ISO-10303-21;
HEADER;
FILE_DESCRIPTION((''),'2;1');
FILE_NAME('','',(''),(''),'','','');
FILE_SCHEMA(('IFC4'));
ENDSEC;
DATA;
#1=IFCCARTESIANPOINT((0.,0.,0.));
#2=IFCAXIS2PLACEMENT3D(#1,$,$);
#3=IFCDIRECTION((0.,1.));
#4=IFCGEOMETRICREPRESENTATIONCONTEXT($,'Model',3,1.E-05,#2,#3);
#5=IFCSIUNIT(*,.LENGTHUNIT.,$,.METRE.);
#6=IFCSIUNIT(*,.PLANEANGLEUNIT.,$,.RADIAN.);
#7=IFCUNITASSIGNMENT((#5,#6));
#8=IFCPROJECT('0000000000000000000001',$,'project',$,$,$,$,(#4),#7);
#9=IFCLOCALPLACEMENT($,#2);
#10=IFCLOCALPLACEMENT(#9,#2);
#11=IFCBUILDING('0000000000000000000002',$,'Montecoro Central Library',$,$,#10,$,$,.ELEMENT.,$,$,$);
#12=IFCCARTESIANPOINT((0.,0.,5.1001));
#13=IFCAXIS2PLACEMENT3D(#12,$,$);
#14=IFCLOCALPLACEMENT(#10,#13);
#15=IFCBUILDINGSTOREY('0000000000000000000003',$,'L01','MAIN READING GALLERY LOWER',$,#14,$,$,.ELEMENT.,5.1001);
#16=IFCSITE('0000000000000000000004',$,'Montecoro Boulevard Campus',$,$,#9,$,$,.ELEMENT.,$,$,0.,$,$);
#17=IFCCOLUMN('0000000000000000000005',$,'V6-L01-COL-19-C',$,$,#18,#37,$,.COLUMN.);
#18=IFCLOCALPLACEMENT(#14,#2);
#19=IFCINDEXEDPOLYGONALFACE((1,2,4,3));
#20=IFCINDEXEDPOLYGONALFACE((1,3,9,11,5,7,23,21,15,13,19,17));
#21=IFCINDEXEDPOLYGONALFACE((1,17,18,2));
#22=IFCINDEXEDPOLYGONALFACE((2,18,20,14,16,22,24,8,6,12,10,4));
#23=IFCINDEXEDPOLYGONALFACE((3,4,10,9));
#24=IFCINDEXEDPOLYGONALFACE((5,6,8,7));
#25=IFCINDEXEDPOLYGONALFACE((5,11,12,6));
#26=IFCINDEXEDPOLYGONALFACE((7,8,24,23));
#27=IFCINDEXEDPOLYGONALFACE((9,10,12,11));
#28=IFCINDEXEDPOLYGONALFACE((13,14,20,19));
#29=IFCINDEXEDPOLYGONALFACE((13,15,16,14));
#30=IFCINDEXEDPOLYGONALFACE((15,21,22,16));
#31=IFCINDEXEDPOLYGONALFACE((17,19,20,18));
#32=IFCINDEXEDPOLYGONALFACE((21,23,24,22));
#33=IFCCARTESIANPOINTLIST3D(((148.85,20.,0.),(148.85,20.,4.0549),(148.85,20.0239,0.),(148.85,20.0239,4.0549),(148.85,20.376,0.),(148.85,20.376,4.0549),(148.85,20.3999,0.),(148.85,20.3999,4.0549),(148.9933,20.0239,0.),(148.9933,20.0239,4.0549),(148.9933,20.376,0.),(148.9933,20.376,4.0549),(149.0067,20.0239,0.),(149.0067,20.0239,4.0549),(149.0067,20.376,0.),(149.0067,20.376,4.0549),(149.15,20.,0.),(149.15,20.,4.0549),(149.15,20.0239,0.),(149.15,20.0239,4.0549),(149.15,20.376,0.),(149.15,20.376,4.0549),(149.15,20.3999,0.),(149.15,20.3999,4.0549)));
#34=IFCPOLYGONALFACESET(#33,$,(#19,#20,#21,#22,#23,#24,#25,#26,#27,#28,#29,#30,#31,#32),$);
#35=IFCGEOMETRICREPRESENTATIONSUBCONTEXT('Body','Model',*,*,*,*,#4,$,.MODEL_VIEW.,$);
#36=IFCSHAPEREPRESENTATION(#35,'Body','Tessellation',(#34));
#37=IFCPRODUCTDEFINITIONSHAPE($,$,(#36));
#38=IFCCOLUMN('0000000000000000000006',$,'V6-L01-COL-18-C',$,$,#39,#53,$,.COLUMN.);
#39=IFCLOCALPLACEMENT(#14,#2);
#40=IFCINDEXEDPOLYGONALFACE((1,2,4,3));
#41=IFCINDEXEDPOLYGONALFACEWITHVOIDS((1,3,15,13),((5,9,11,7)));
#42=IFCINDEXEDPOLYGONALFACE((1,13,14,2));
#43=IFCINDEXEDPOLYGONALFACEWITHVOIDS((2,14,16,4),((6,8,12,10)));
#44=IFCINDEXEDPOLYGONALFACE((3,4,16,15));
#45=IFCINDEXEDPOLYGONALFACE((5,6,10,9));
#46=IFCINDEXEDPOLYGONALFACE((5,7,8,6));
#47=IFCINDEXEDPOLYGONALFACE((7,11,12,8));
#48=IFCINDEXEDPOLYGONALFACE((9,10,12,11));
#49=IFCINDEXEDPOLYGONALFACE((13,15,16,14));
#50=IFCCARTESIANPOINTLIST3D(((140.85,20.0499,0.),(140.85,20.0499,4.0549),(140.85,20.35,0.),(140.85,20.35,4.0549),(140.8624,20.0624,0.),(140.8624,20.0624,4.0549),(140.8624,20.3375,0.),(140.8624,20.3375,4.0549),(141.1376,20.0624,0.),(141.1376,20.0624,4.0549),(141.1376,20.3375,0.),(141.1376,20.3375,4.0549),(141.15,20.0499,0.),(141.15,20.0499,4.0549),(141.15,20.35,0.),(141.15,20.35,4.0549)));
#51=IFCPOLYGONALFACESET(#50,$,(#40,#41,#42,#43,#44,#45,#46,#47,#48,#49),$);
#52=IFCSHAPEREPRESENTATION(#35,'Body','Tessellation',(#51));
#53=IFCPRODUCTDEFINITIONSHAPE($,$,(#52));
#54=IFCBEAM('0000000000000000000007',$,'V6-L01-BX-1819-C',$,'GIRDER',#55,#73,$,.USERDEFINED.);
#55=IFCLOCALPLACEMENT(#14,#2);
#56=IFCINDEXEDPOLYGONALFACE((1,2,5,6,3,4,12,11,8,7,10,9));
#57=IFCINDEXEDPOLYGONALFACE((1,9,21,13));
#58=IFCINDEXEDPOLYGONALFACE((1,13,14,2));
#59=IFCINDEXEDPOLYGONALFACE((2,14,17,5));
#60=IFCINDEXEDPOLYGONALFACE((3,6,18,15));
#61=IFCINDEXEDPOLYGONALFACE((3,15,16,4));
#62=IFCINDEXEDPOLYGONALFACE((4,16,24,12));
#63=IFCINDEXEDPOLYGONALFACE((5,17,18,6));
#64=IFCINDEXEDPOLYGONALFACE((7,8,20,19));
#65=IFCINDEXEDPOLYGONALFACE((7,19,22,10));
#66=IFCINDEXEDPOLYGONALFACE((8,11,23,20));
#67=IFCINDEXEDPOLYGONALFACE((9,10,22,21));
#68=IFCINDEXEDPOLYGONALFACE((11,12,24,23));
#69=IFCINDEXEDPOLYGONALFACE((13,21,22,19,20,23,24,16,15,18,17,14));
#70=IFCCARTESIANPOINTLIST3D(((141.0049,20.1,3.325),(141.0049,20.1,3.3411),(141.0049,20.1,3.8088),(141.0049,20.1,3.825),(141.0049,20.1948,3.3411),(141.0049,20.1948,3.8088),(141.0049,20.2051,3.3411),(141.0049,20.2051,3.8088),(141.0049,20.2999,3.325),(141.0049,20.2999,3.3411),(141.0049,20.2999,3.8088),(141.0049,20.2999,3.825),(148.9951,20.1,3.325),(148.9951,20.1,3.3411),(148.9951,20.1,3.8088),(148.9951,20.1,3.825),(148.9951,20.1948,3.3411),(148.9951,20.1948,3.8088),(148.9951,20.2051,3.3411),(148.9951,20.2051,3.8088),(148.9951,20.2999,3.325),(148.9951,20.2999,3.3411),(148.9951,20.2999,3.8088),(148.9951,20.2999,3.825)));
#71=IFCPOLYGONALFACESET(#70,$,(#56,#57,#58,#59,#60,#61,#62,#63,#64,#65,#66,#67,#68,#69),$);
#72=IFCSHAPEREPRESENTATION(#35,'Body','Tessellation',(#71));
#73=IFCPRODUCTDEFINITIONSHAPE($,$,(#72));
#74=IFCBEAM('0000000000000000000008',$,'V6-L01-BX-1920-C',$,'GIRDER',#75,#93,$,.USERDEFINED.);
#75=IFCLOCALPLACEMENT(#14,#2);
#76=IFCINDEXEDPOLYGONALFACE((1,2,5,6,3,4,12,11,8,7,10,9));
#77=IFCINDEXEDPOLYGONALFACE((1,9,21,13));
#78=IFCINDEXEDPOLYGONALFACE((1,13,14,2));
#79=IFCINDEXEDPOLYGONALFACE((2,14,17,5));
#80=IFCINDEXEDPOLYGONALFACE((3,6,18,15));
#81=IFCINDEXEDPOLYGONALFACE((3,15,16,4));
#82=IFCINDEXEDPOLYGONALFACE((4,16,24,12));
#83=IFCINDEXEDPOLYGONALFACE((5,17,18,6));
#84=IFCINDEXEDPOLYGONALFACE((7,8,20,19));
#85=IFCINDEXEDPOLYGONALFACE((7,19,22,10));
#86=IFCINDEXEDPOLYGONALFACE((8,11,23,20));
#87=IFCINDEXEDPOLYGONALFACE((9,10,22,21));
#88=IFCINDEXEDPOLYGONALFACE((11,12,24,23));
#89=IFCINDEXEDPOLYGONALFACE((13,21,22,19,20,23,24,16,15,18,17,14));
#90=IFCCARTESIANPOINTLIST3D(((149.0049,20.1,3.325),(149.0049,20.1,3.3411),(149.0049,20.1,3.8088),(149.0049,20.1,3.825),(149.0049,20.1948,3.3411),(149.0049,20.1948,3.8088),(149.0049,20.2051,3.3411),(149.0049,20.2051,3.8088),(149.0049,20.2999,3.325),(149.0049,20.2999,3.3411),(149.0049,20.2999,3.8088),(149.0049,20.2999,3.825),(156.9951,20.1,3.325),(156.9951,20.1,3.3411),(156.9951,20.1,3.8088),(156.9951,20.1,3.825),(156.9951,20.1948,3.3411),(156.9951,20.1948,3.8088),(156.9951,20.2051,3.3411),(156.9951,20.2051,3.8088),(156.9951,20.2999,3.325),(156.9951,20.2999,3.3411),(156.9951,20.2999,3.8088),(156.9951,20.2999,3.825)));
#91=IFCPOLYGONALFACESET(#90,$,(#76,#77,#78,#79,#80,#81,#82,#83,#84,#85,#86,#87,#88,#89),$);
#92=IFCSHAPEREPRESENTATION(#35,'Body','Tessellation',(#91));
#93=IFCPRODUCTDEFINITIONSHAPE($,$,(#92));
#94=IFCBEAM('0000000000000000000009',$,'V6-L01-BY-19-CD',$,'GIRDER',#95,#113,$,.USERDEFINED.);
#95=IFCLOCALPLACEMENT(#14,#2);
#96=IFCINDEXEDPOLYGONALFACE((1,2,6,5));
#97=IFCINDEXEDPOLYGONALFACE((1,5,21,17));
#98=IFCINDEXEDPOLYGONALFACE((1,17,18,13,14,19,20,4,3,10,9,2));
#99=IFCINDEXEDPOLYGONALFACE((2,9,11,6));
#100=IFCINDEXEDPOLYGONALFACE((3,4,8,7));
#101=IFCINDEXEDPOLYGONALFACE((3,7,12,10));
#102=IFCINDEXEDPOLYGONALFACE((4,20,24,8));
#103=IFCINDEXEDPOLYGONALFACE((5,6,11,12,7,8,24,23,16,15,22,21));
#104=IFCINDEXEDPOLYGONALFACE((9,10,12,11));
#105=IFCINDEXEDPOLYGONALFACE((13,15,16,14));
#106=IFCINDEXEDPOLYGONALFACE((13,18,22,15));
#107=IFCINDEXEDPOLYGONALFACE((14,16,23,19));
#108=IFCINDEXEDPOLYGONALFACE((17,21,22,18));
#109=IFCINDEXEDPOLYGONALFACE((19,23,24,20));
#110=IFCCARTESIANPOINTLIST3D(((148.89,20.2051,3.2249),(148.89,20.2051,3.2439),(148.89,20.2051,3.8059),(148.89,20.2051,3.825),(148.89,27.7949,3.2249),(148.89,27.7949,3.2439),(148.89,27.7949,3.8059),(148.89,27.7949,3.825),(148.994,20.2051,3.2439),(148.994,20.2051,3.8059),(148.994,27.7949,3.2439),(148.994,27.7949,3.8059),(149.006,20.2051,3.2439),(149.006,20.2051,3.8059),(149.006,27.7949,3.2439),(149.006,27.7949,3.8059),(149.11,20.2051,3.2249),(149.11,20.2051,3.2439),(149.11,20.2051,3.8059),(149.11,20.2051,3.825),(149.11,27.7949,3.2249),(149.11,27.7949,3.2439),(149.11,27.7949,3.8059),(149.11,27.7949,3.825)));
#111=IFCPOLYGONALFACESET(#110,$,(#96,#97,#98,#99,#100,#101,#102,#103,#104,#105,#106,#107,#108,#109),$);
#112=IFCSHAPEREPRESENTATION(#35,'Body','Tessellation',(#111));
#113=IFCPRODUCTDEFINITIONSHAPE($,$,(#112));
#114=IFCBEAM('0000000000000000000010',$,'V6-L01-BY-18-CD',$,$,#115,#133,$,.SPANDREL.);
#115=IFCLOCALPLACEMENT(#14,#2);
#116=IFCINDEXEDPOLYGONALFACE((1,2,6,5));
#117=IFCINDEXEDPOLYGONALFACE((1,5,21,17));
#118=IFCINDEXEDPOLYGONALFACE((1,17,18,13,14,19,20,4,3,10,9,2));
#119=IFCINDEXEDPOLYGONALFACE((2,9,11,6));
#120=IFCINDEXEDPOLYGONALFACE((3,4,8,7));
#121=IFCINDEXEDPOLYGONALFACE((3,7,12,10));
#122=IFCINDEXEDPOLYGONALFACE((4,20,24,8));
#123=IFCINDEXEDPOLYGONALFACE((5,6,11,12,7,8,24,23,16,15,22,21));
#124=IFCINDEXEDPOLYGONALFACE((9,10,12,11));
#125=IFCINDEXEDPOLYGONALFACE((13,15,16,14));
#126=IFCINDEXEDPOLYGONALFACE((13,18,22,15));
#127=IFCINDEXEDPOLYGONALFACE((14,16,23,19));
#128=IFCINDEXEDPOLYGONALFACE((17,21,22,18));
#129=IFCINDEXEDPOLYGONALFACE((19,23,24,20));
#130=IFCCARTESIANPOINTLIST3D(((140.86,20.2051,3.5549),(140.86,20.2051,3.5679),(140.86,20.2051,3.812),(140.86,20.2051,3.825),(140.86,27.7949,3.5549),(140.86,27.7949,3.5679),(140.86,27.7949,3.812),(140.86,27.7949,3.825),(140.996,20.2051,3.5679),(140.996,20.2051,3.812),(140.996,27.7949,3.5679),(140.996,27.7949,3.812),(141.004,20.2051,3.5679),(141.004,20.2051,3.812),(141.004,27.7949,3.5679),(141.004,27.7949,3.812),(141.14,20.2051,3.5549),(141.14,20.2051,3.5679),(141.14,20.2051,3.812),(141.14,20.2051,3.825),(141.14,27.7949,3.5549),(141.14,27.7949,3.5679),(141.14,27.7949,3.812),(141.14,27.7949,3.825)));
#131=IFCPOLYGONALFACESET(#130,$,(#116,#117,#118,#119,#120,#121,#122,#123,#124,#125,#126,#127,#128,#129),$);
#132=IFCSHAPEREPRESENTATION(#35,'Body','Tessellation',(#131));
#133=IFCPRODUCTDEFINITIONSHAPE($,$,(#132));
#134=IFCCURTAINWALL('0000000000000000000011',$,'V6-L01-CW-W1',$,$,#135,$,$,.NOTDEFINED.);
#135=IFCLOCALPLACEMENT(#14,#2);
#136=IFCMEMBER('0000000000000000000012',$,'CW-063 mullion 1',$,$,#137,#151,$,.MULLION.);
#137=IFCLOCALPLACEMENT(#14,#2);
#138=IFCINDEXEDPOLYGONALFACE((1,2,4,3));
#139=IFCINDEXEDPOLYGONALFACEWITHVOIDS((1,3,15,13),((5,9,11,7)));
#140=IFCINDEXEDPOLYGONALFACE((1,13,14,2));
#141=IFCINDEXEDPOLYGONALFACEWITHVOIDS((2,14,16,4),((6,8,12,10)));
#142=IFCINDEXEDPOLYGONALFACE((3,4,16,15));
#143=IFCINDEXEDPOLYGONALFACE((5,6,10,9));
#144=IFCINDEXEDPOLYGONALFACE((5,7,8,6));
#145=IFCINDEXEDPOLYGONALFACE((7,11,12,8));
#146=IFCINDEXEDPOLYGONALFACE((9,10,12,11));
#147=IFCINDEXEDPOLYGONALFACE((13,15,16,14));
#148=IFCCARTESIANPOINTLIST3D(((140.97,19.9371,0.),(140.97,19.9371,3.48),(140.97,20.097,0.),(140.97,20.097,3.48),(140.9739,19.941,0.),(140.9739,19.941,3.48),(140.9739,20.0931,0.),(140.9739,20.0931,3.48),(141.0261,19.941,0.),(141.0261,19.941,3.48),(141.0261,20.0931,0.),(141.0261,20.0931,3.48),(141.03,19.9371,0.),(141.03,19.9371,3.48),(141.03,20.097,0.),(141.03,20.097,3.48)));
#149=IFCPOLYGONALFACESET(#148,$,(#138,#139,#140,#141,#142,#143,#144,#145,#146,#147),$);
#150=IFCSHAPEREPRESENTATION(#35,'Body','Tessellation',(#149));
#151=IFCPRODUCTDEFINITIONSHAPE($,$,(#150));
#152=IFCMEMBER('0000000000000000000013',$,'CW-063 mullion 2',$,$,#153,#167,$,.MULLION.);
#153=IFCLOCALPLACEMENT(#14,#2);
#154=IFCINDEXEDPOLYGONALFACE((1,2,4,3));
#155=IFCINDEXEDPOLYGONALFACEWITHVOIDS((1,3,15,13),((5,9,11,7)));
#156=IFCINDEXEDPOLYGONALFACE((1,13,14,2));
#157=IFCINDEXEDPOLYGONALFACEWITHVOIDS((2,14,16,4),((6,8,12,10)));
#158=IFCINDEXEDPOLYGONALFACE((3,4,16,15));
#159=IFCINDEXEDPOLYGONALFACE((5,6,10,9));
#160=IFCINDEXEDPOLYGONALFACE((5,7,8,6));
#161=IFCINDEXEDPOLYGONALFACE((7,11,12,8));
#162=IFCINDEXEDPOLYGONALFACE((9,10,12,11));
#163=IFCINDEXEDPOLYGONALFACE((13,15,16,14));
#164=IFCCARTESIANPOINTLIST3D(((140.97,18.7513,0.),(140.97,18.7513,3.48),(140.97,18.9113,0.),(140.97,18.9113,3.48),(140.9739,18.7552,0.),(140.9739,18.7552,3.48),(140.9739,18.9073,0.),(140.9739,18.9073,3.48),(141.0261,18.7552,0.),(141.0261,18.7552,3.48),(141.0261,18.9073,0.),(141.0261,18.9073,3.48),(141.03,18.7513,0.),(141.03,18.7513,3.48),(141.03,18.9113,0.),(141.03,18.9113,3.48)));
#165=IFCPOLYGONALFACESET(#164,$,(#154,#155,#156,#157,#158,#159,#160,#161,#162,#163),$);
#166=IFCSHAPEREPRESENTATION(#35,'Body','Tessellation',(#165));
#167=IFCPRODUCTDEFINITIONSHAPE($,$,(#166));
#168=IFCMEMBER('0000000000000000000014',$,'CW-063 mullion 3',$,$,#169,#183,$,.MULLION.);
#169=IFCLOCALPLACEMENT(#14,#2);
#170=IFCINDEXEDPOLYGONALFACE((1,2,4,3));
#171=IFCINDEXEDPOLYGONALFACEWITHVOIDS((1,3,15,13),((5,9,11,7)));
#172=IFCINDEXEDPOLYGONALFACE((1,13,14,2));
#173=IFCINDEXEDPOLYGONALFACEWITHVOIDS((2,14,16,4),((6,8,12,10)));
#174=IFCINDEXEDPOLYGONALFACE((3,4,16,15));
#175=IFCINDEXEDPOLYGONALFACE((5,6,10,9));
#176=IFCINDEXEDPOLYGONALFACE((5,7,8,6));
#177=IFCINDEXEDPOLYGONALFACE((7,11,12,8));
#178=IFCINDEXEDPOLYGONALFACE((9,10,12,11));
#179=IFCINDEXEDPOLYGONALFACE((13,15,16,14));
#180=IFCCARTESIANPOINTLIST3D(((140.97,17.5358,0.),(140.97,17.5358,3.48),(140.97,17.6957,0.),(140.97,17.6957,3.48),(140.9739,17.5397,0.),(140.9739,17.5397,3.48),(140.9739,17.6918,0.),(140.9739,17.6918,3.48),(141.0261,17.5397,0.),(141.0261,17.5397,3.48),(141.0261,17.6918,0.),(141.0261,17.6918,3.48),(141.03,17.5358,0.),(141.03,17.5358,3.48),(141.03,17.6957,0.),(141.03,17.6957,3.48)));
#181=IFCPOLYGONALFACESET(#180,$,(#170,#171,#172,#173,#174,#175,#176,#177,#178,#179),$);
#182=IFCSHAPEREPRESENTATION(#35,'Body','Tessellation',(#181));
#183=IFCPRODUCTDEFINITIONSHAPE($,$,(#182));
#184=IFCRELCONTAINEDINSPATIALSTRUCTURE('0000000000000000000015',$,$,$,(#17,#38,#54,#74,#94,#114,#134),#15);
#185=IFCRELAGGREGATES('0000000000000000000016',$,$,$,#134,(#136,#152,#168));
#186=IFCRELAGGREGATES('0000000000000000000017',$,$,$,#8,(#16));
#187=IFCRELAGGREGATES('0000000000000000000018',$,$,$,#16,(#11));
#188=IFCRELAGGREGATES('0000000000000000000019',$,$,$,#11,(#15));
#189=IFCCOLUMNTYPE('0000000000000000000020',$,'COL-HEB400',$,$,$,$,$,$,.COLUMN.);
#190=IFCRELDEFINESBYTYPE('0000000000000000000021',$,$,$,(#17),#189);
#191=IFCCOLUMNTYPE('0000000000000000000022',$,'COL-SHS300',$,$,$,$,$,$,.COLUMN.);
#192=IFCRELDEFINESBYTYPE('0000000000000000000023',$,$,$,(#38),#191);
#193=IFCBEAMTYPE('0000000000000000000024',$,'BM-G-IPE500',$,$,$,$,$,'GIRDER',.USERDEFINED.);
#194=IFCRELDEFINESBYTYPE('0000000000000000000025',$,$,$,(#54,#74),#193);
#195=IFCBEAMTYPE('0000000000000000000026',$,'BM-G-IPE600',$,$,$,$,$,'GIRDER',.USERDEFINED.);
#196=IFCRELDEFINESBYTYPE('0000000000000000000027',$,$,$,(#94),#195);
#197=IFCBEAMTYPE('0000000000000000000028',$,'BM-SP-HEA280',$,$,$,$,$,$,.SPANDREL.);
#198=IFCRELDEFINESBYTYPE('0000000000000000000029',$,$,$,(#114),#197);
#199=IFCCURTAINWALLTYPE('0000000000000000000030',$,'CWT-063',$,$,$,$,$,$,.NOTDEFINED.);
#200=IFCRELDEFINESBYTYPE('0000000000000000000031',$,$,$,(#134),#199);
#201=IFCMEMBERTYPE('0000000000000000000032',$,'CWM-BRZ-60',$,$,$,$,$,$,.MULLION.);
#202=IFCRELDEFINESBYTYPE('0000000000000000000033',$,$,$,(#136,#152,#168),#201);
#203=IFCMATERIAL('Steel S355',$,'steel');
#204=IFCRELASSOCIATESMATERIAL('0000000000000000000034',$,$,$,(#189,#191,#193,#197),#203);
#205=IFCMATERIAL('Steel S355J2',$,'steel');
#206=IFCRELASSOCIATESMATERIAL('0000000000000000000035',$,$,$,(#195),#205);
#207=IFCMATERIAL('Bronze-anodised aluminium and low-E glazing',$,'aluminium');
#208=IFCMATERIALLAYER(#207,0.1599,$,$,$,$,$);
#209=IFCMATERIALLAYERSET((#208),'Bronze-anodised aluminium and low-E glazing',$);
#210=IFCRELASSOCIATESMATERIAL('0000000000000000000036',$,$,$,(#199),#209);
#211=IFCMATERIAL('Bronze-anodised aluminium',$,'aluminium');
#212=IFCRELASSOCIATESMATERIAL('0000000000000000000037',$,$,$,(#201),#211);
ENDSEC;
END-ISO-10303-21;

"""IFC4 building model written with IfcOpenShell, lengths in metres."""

from ifc_helpers import new_model, si_unit, direction, frame, origin, origin_2d, place, context, subcontext, project, spatial, hollow_rectangle, i_section, extrude, material, layer, layer_set, material_profile, profile_set, type_object, element, aggregate, save


model = new_model("IFC4")

# Units and contexts
model_context = context("Model", 3, precision=1e-05, world=origin(), true_north=direction((0.0, 1.0)))
body_context = subcontext(model_context, "Body", "Model", "MODEL_VIEW")
ifc_project = project(units=[si_unit("LENGTHUNIT", "METRE"), si_unit("PLANEANGLEUNIT", "RADIAN")], contexts=[model_context])

# Site, building, storey
site_placement = place(None, origin())
site = spatial("IfcSite", under=ifc_project, at=site_placement, Name="Montecoro Boulevard Campus", CompositionType="ELEMENT", RefElevation=0.0)
building_placement = place(site_placement, origin())
building = spatial("IfcBuilding", under=site, at=building_placement, Name="Montecoro Central Library", CompositionType="ELEMENT")
storey_placement = place(building_placement, frame((0.0, 0.0, 5.1001)))
storey = spatial("IfcBuildingStorey", under=building, at=storey_placement, Name="L01", Description="MAIN READING GALLERY LOWER", CompositionType="ELEMENT", Elevation=5.1001)

# Columns
ifc_material_1 = material(Name="Steel S355", Category="steel")
ifc_material_profile_1 = material_profile(ifc_material_1, i_section(OverallWidth=0.3, OverallDepth=0.3999, WebThickness=0.0134, FlangeThickness=0.0239, at=origin_2d()), Name="HEB 400")
ifc_profile_set_1 = profile_set([ifc_material_profile_1], Name="Steel S355")
column_type_1 = type_object("IfcColumnType", Name="COL-HEB400", PredefinedType="COLUMN", material=ifc_profile_set_1)
column_1_placement = place(storey_placement, frame((149.0, 20.2, 0.0), z_axis=(0.0, 0.0, 1.0), x_axis=(1.0, 0.0, 0.0)))
element("IfcColumn", 1, at=column_1_placement, inside=storey, type_object=column_type_1, Name="V6-L01-COL-19-C", PredefinedType="COLUMN", context=body_context, shape_type="SweptSolid", body=[
    extrude(i_section(OverallWidth=0.3, OverallDepth=0.3999, WebThickness=0.0134, FlangeThickness=0.0239, at=origin_2d()), origin(), (0.0, 0.0, 1.0), 4.0549),
])
ifc_material_profile_2 = material_profile(ifc_material_1, hollow_rectangle(XDim=0.3, YDim=0.3, WallThickness=0.0125, at=origin_2d()), Name="SHS 300x300x12.5")
ifc_profile_set_2 = profile_set([ifc_material_profile_2], Name="Steel S355")
column_type_2 = type_object("IfcColumnType", Name="COL-SHS300", PredefinedType="COLUMN", material=ifc_profile_set_2)
column_2_placement = place(storey_placement, frame((141.0, 20.2, 0.0), z_axis=(0.0, 0.0, 1.0), x_axis=(1.0, 0.0, 0.0)))
element("IfcColumn", 2, at=column_2_placement, inside=storey, type_object=column_type_2, Name="V6-L01-COL-18-C", PredefinedType="COLUMN", context=body_context, shape_type="SweptSolid", body=[
    extrude(hollow_rectangle(XDim=0.3, YDim=0.3, WallThickness=0.0125, at=origin_2d()), origin(), (0.0, 0.0, 1.0), 4.0549),
])

# Beams
ifc_material_profile_3 = material_profile(ifc_material_1, i_section(OverallWidth=0.2, OverallDepth=0.5, WebThickness=0.0103, FlangeThickness=0.0161, at=origin_2d()), Name="IPE 500")
ifc_profile_set_3 = profile_set([ifc_material_profile_3], Name="Steel S355")
beam_type_1 = type_object("IfcBeamType", Name="BM-G-IPE500", ElementType="GIRDER", PredefinedType="USERDEFINED", material=ifc_profile_set_3)
for number, where, z_axis, x_axis, name in (
    (3, (141.0049, 20.2, 3.575), (1.0, 0.0, 0.0), (0.0, 1.0, 0.0), "V6-L01-BX-1819-C"),
    (4, (149.0049, 20.2, 3.575), (1.0, 0.0, 0.0), (0.0, 1.0, 0.0), "V6-L01-BX-1920-C"),
):
    element("IfcBeam", number, at=place(storey_placement, frame(where, z_axis=z_axis, x_axis=x_axis)), inside=storey, type_object=beam_type_1, Name=name, ObjectType="GIRDER", PredefinedType="USERDEFINED", context=body_context, shape_type="SweptSolid", body=[
        extrude(i_section(OverallWidth=0.2, OverallDepth=0.5, WebThickness=0.0103, FlangeThickness=0.0161, at=origin_2d()), origin(), (0.0, 0.0, 1.0), 7.9902),
    ])
ifc_material_2 = material(Name="Steel S355J2", Category="steel")
ifc_material_profile_4 = material_profile(ifc_material_2, i_section(OverallWidth=0.22, OverallDepth=0.6001, WebThickness=0.012, FlangeThickness=0.019, at=origin_2d()), Name="IPE 600")
ifc_profile_set_4 = profile_set([ifc_material_profile_4], Name="Steel S355J2")
beam_type_2 = type_object("IfcBeamType", Name="BM-G-IPE600", ElementType="GIRDER", PredefinedType="USERDEFINED", material=ifc_profile_set_4)
beam_1_placement = place(storey_placement, frame((149.0, 20.2051, 3.5249), z_axis=(0.0, 1.0, 0.0), x_axis=(-1.0, 0.0, 0.0)))
element("IfcBeam", 5, at=beam_1_placement, inside=storey, type_object=beam_type_2, Name="V6-L01-BY-19-CD", ObjectType="GIRDER", PredefinedType="USERDEFINED", context=body_context, shape_type="SweptSolid", body=[
    extrude(i_section(OverallWidth=0.22, OverallDepth=0.6001, WebThickness=0.012, FlangeThickness=0.019, at=origin_2d()), origin(), (0.0, 0.0, 1.0), 7.5898),
])
ifc_material_profile_5 = material_profile(ifc_material_1, i_section(OverallWidth=0.28, OverallDepth=0.27, WebThickness=0.0081, FlangeThickness=0.0129, at=origin_2d()), Name="HEA 280")
ifc_profile_set_5 = profile_set([ifc_material_profile_5], Name="Steel S355")
beam_type_3 = type_object("IfcBeamType", Name="BM-SP-HEA280", PredefinedType="SPANDREL", material=ifc_profile_set_5)
beam_2_placement = place(storey_placement, frame((141.0, 20.2051, 3.6899), z_axis=(0.0, 1.0, 0.0), x_axis=(-1.0, 0.0, 0.0)))
element("IfcBeam", 6, at=beam_2_placement, inside=storey, type_object=beam_type_3, Name="V6-L01-BY-18-CD", PredefinedType="SPANDREL", context=body_context, shape_type="SweptSolid", body=[
    extrude(i_section(OverallWidth=0.28, OverallDepth=0.27, WebThickness=0.0081, FlangeThickness=0.0129, at=origin_2d()), origin(), (0.0, 0.0, 1.0), 7.5898),
])

# Curtain wall, members
ifc_material_3 = material(Name="Bronze-anodised aluminium and low-E glazing", Category="aluminium")
ifc_layer_1 = layer(ifc_material_3, 0.1599)
ifc_layer_set_1 = layer_set([ifc_layer_1], Name="Bronze-anodised aluminium and low-E glazing")
curtain_wall_type = type_object("IfcCurtainWallType", Name="CWT-063", PredefinedType="NOTDEFINED", material=ifc_layer_set_1)
curtain_wall_placement = place(storey_placement, origin())
curtain_wall = element("IfcCurtainWall", 7, at=curtain_wall_placement, inside=storey, type_object=curtain_wall_type, Name="V6-L01-CW-W1", PredefinedType="NOTDEFINED")
ifc_material_4 = material(Name="Bronze-anodised aluminium", Category="aluminium")
ifc_material_profile_6 = material_profile(ifc_material_4, hollow_rectangle(XDim=0.0601, YDim=0.1599, WallThickness=0.0039, at=origin_2d()), Name="CWM 160x60x4.0")
ifc_profile_set_6 = profile_set([ifc_material_profile_6], Name="Bronze-anodised aluminium")
member_type_1 = type_object("IfcMemberType", Name="CWM-BRZ-60", PredefinedType="MULLION", material=ifc_profile_set_6)
member_1_placement = place(storey_placement, frame((141.0, 20.0171, 0.0), z_axis=(0.0, 0.0, 1.0), x_axis=(1.0, 0.0, 0.0)))
member_1 = element("IfcMember", 8, at=member_1_placement, type_object=member_type_1, Name="CW-063 mullion 1", PredefinedType="MULLION", context=body_context, shape_type="SweptSolid", body=[
    extrude(hollow_rectangle(XDim=0.0601, YDim=0.1599, WallThickness=0.0039, at=origin_2d()), origin(), (0.0, 0.0, 1.0), 3.48),
])
member_2_placement = place(storey_placement, frame((141.0, 18.8313, 0.0), z_axis=(0.0, 0.0, 1.0), x_axis=(1.0, 0.0, 0.0)))
member_2 = element("IfcMember", 9, at=member_2_placement, type_object=member_type_1, Name="CW-063 mullion 2", PredefinedType="MULLION", context=body_context, shape_type="SweptSolid", body=[
    extrude(hollow_rectangle(XDim=0.0601, YDim=0.1599, WallThickness=0.0039, at=origin_2d()), origin(), (0.0, 0.0, 1.0), 3.48),
])
member_3_placement = place(storey_placement, frame((141.0, 17.6157, 0.0), z_axis=(0.0, 0.0, 1.0), x_axis=(1.0, 0.0, 0.0)))
member_3 = element("IfcMember", 10, at=member_3_placement, type_object=member_type_1, Name="CW-063 mullion 3", PredefinedType="MULLION", context=body_context, shape_type="SweptSolid", body=[
    extrude(hollow_rectangle(XDim=0.0601, YDim=0.1599, WallThickness=0.0039, at=origin_2d()), origin(), (0.0, 0.0, 1.0), 3.48),
])
aggregate(curtain_wall, [member_1, member_2, member_3])

save(model, "model.ifc")
